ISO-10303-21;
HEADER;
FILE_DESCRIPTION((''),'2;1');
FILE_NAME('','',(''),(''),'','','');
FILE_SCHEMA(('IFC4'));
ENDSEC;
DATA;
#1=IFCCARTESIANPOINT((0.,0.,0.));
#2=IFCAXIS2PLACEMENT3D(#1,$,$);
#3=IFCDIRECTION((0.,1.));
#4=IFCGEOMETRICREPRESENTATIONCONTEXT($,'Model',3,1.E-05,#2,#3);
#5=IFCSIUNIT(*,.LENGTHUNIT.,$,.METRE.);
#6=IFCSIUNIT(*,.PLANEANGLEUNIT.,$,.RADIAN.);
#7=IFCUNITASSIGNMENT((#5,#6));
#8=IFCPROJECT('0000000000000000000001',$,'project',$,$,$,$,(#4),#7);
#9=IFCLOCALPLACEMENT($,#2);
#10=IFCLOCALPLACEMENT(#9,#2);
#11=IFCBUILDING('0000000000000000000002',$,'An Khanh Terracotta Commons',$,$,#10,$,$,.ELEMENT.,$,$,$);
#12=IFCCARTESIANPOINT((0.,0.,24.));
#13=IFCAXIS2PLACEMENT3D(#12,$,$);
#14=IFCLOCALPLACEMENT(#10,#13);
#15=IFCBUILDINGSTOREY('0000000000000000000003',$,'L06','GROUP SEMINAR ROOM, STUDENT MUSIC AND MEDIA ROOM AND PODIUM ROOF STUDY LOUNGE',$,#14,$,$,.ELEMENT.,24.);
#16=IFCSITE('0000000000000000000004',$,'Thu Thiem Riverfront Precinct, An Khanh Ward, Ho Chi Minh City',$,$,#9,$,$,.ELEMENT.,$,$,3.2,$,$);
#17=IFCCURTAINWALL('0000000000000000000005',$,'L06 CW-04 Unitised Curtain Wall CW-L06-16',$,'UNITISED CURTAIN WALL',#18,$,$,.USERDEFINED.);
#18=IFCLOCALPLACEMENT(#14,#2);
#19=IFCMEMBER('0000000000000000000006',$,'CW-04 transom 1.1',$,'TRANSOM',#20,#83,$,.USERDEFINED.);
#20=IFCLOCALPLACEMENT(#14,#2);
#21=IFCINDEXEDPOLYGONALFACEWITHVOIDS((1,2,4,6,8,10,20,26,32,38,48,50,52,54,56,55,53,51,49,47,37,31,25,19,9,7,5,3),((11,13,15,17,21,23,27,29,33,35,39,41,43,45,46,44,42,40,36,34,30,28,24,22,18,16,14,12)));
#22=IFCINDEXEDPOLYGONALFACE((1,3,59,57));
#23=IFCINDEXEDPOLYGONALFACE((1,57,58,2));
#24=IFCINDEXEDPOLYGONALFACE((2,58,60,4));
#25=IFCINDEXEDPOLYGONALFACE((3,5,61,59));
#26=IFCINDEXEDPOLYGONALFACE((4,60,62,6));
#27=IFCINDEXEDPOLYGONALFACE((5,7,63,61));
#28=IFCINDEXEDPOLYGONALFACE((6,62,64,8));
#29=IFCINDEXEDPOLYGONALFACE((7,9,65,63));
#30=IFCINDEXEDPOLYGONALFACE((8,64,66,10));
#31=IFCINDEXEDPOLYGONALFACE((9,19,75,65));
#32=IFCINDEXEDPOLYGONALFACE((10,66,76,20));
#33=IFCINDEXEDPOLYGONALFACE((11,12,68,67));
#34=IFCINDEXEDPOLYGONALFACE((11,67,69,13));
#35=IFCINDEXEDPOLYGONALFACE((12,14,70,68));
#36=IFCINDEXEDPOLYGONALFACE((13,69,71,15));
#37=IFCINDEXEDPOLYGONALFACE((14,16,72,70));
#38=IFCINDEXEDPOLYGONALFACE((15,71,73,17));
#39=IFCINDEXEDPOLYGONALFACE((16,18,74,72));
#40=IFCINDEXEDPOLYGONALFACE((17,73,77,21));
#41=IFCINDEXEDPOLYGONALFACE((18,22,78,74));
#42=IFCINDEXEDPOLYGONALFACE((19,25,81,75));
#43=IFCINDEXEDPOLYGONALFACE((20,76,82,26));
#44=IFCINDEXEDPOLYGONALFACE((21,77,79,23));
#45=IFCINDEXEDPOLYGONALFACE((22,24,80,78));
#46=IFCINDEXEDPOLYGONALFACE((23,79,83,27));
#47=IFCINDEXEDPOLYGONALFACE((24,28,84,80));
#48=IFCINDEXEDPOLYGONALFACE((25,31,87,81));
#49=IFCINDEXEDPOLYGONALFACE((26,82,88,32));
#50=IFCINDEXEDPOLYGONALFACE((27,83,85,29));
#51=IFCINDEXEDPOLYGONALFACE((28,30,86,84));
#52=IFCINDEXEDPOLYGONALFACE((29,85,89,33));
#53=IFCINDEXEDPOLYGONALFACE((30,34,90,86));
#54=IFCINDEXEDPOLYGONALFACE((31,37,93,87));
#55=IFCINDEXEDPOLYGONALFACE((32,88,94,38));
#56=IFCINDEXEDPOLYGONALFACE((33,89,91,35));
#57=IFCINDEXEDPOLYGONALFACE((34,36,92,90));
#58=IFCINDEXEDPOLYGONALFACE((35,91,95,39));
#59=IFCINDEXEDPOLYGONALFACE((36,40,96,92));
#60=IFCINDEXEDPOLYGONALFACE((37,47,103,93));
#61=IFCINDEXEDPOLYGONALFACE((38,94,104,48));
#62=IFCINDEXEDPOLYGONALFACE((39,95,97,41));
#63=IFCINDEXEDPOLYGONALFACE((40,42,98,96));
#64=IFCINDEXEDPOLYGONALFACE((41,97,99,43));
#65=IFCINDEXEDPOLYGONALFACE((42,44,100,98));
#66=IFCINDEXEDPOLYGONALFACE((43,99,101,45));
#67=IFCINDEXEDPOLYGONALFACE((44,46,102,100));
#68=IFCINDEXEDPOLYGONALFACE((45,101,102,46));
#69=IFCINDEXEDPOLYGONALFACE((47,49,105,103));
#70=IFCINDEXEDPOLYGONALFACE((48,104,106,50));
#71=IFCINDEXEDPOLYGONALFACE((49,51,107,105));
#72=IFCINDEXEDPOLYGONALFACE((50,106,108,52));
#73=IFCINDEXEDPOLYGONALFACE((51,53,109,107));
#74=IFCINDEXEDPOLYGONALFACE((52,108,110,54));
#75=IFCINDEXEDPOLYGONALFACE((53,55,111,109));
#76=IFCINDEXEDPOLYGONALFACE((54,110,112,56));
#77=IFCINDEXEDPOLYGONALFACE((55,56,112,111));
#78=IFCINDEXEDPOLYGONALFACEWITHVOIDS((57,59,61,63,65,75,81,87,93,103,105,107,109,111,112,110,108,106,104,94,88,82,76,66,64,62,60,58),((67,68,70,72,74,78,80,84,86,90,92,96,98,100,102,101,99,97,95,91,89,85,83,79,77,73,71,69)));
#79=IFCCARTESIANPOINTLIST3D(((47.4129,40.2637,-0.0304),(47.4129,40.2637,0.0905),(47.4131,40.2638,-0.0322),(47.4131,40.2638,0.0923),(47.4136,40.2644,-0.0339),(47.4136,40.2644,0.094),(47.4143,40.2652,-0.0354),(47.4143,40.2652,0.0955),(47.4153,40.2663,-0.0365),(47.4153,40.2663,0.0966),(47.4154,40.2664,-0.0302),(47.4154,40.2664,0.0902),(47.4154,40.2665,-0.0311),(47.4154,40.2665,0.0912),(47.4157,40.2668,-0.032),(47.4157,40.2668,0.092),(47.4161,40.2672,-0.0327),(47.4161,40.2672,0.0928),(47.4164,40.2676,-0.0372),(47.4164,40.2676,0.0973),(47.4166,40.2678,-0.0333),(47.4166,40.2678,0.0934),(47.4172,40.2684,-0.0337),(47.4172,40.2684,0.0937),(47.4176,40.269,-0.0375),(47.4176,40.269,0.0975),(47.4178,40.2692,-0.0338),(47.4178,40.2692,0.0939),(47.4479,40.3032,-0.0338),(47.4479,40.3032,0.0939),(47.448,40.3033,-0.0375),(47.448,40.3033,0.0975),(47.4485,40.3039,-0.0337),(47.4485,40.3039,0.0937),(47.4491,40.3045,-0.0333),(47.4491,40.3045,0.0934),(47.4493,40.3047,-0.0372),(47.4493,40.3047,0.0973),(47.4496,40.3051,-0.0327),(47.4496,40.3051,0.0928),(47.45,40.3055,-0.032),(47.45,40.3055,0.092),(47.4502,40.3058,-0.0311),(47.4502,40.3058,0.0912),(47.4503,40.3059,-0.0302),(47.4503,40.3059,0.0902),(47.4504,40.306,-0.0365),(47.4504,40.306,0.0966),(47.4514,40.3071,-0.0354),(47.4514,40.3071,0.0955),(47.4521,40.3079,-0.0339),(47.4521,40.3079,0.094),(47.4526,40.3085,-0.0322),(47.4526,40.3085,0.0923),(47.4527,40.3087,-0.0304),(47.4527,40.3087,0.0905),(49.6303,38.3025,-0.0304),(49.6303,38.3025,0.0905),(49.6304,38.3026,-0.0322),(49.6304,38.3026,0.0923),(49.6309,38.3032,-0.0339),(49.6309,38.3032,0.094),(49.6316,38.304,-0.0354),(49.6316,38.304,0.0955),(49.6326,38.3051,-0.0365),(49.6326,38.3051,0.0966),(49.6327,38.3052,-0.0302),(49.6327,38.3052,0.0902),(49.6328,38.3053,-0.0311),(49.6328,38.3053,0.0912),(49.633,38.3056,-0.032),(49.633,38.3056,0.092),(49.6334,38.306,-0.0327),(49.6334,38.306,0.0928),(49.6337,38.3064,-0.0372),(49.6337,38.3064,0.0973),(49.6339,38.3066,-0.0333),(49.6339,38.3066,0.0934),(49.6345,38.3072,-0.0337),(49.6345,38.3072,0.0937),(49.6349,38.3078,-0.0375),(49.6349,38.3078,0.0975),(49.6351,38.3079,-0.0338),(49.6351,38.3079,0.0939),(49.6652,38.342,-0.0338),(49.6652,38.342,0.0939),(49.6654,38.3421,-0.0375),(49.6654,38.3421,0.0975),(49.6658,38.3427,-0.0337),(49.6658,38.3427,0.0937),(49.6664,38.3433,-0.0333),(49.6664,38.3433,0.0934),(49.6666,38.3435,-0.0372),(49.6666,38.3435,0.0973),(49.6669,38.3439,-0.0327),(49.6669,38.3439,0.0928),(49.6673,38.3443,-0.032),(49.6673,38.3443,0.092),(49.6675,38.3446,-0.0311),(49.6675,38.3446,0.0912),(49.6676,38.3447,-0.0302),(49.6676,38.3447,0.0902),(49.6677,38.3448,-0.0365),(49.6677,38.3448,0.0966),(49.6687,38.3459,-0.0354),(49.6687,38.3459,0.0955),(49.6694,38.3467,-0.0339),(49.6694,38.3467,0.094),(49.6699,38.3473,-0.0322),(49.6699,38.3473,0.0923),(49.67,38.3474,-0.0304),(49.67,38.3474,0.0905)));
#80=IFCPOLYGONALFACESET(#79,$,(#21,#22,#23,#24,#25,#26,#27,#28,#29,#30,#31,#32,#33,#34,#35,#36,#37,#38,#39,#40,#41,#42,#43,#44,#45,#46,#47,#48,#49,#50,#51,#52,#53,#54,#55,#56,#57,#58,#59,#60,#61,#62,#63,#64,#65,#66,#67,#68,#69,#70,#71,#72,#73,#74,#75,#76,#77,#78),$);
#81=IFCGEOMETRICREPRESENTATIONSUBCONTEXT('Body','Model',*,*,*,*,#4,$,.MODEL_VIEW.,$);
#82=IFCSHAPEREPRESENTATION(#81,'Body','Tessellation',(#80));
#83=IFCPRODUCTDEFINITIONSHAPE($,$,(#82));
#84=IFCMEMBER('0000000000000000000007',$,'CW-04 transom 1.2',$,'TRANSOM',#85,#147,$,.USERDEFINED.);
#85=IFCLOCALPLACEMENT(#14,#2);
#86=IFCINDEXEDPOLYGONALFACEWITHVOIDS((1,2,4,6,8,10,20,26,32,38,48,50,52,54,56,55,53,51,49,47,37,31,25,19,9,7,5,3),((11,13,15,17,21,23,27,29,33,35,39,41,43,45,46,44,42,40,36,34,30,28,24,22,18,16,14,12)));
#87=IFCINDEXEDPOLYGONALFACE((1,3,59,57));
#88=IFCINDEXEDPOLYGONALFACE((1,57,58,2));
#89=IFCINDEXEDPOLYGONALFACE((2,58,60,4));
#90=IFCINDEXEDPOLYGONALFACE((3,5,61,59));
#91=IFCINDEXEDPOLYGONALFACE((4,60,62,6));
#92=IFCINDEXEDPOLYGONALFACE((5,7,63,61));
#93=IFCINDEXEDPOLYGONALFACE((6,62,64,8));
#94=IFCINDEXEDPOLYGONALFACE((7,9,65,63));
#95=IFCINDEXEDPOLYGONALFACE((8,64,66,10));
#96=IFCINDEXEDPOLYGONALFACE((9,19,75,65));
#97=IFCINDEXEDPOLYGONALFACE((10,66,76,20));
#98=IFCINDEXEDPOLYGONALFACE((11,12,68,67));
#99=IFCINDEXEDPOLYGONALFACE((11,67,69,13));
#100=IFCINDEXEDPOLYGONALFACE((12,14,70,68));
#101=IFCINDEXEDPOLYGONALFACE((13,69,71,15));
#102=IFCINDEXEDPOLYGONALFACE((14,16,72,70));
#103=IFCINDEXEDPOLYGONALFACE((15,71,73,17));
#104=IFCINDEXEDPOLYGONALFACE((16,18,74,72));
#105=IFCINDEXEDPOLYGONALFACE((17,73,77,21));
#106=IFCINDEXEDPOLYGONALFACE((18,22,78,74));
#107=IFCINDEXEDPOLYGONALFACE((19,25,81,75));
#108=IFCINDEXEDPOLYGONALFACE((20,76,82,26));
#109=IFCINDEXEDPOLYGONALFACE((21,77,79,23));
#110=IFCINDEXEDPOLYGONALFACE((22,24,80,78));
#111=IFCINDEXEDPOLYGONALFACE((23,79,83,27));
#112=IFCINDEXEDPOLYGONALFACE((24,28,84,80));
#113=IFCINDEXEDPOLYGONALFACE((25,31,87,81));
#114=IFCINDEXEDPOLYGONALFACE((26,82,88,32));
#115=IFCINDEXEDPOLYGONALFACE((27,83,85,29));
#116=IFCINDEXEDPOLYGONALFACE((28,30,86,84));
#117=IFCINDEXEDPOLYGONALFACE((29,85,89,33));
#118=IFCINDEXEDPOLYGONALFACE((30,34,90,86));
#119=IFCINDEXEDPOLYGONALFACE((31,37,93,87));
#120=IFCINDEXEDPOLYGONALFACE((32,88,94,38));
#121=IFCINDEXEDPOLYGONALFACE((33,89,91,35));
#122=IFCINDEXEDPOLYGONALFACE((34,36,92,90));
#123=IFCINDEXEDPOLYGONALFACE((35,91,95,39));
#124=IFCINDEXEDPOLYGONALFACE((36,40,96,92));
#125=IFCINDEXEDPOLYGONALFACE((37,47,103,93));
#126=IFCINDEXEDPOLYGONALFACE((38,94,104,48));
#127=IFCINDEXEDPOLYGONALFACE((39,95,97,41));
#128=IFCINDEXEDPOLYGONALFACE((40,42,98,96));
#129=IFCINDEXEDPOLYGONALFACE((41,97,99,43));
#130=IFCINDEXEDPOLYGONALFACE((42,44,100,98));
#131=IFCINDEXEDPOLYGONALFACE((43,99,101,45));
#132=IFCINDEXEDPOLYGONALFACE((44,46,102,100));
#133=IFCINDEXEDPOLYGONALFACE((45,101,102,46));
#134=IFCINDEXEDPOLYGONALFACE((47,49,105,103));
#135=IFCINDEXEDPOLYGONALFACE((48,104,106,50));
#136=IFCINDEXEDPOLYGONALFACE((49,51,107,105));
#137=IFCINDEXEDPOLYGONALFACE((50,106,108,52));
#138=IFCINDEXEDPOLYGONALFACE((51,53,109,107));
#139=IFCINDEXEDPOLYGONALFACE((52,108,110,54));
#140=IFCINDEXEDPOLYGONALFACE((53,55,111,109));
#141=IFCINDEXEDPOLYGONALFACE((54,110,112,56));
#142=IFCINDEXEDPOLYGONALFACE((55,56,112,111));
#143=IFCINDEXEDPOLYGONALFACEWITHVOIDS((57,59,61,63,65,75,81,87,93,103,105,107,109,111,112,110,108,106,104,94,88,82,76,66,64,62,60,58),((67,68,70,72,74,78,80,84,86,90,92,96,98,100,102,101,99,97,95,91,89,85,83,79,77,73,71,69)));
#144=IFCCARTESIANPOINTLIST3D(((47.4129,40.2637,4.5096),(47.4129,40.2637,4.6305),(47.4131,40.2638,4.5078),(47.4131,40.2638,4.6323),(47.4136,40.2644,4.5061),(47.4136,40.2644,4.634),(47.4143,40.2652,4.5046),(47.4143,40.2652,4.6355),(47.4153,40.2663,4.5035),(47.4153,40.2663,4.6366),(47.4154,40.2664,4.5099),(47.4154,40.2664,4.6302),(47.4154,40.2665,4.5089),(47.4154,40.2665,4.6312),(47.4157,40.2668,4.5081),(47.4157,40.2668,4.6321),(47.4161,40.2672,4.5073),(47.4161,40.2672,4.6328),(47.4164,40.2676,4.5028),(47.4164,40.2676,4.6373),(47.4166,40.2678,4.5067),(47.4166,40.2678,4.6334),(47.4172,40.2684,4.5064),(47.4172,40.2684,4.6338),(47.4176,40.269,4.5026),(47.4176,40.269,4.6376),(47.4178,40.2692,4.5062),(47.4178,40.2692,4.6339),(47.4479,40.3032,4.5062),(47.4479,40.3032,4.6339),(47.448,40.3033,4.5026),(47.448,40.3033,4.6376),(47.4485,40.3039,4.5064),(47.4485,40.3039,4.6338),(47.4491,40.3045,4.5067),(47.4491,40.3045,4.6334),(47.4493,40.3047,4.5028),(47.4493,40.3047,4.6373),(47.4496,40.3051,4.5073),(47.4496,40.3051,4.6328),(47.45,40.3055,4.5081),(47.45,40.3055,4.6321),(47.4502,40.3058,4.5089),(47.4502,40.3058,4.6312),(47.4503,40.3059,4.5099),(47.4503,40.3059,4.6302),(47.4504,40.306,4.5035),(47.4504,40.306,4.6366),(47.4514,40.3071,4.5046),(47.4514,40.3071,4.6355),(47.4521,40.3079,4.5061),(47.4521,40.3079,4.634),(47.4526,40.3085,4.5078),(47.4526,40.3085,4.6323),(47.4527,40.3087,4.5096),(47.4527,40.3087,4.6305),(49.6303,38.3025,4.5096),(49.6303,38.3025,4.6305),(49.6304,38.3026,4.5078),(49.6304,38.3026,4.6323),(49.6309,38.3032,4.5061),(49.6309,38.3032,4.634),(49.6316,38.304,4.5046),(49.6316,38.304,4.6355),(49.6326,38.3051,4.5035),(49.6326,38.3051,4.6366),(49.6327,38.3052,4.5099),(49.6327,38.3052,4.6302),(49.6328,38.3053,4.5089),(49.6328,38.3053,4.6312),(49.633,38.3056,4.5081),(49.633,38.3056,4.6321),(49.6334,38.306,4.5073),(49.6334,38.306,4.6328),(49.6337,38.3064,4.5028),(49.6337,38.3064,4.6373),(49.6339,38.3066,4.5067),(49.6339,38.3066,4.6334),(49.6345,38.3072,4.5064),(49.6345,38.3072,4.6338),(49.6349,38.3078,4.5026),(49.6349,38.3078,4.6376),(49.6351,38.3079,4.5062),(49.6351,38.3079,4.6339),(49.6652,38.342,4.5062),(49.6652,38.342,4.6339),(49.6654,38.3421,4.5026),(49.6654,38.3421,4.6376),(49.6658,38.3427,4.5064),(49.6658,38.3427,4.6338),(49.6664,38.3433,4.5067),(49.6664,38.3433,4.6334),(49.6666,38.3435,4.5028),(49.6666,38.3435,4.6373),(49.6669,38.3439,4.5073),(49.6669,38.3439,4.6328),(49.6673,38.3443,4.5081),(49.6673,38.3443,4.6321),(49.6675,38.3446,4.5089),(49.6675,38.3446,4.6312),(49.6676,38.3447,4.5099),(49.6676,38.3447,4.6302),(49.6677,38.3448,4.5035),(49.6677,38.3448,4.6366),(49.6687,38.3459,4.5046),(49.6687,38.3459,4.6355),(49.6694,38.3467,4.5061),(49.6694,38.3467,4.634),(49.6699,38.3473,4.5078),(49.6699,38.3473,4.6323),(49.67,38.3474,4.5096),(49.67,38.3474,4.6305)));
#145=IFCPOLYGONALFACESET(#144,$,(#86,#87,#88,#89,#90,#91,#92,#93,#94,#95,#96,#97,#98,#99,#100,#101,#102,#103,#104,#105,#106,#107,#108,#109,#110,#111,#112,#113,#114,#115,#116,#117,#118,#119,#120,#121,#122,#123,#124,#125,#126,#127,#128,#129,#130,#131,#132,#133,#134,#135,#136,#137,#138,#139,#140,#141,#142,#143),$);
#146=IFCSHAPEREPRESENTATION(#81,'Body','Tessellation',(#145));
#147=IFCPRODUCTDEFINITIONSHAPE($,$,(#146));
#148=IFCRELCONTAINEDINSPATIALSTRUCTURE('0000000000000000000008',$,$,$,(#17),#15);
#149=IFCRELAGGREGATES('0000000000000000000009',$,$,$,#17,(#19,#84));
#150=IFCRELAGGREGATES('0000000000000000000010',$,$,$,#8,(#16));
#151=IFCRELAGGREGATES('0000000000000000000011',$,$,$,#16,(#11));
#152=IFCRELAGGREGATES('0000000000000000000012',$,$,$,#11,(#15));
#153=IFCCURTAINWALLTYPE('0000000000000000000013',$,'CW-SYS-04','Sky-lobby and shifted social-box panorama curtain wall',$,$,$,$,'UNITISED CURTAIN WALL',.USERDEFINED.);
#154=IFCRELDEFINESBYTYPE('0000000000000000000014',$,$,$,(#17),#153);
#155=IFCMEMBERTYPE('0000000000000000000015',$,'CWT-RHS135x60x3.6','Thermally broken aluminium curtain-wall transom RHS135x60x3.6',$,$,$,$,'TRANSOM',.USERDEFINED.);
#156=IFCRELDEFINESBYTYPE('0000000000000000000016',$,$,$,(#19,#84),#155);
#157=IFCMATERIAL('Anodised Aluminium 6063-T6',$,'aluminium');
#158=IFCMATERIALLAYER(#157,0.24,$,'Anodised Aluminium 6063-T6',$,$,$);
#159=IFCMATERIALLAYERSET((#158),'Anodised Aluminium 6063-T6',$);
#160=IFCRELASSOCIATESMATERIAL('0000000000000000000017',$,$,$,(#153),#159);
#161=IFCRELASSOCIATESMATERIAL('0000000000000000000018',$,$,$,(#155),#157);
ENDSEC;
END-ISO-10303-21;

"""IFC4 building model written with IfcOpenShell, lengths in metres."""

from ifc_helpers import new_model, si_unit, direction, frame, origin, origin_2d, place, context, subcontext, project, spatial, hollow_rectangle, extrude, material, layer, layer_set, material_profile, profile_set, type_object, element, aggregate, save


model = new_model("IFC4")

# Units and contexts
model_context = context("Model", 3, precision=1e-05, world=origin(), true_north=direction((0.0, 1.0)))
body_context = subcontext(model_context, "Body", "Model", "MODEL_VIEW")
ifc_project = project(units=[si_unit("LENGTHUNIT", "METRE"), si_unit("PLANEANGLEUNIT", "RADIAN")], contexts=[model_context])

# Site, building, storey
site_placement = place(None, origin())
site = spatial("IfcSite", under=ifc_project, at=site_placement, Name="Thu Thiem Riverfront Precinct, An Khanh Ward, Ho Chi Minh City", CompositionType="ELEMENT", RefElevation=3.2)
building_placement = place(site_placement, origin())
building = spatial("IfcBuilding", under=site, at=building_placement, Name="An Khanh Terracotta Commons", CompositionType="ELEMENT")
storey_placement = place(building_placement, frame((0.0, 0.0, 24.0)))
storey = spatial("IfcBuildingStorey", under=building, at=storey_placement, Name="L06", Description="GROUP SEMINAR ROOM, STUDENT MUSIC AND MEDIA ROOM AND PODIUM ROOF STUDY LOUNGE", CompositionType="ELEMENT", Elevation=24.0)

# Shared definitions
ifc_material_1 = material(Name="Anodised Aluminium 6063-T6", Category="aluminium")
ifc_layer_1 = layer(ifc_material_1, 0.24, Name="Anodised Aluminium 6063-T6")
ifc_layer_set_1 = layer_set([ifc_layer_1], Name="Anodised Aluminium 6063-T6")
curtain_wall_type = type_object("IfcCurtainWallType", Name="CW-SYS-04", Description="Sky-lobby and shifted social-box panorama curtain wall", ElementType="UNITISED CURTAIN WALL", PredefinedType="USERDEFINED", material=ifc_layer_set_1)

# Curtain wall, members
curtain_wall_1_placement = place(storey_placement, origin())
curtain_wall_1 = element("IfcCurtainWall", 1, at=curtain_wall_1_placement, inside=storey, type_object=curtain_wall_type, Name="L06 CW-04 Unitised Curtain Wall CW-L06-16", ObjectType="UNITISED CURTAIN WALL", PredefinedType="USERDEFINED")
ifc_material_profile_1 = material_profile(ifc_material_1, hollow_rectangle(XDim=0.0601, YDim=0.135, WallThickness=0.0037, InnerFilletRadius=0.0037, OuterFilletRadius=0.0071, at=origin_2d()), Name="RHS135x60x3.6")
ifc_profile_set_1 = profile_set([ifc_material_profile_1], Name="Anodised Aluminium 6063-T6")
member_type_1 = type_object("IfcMemberType", Name="CWT-RHS135x60x3.6", Description="Thermally broken aluminium curtain-wall transom RHS135x60x3.6", ElementType="TRANSOM", PredefinedType="USERDEFINED", material=ifc_profile_set_1)
member_1_placement = place(storey_placement, frame((49.6501, 38.325, 0.03), z_axis=(-0.749041, 0.662524, 0.0), x_axis=(-0.662524, -0.749041, 0.0)))
member_1 = element("IfcMember", 2, at=member_1_placement, type_object=member_type_1, Name="CW-04 transom 1.1", ObjectType="TRANSOM", PredefinedType="USERDEFINED", context=body_context, shape_type="SweptSolid", body=[
    extrude(hollow_rectangle(XDim=0.0601, YDim=0.135, WallThickness=0.0037, InnerFilletRadius=0.0037, OuterFilletRadius=0.0071, at=origin_2d()), origin(), (0.0, 0.0, 1.0), 2.9602),
])
member_2_placement = place(storey_placement, frame((49.6501, 38.325, 4.5701), z_axis=(-0.749041, 0.662524, 0.0), x_axis=(-0.662524, -0.749041, 0.0)))
member_2 = element("IfcMember", 3, at=member_2_placement, type_object=member_type_1, Name="CW-04 transom 1.2", ObjectType="TRANSOM", PredefinedType="USERDEFINED", context=body_context, shape_type="SweptSolid", body=[
    extrude(hollow_rectangle(XDim=0.0601, YDim=0.135, WallThickness=0.0037, InnerFilletRadius=0.0037, OuterFilletRadius=0.0071, at=origin_2d()), origin(), (0.0, 0.0, 1.0), 2.9602),
])
aggregate(curtain_wall_1, [member_1, member_2])

save(model, "model.ifc")
